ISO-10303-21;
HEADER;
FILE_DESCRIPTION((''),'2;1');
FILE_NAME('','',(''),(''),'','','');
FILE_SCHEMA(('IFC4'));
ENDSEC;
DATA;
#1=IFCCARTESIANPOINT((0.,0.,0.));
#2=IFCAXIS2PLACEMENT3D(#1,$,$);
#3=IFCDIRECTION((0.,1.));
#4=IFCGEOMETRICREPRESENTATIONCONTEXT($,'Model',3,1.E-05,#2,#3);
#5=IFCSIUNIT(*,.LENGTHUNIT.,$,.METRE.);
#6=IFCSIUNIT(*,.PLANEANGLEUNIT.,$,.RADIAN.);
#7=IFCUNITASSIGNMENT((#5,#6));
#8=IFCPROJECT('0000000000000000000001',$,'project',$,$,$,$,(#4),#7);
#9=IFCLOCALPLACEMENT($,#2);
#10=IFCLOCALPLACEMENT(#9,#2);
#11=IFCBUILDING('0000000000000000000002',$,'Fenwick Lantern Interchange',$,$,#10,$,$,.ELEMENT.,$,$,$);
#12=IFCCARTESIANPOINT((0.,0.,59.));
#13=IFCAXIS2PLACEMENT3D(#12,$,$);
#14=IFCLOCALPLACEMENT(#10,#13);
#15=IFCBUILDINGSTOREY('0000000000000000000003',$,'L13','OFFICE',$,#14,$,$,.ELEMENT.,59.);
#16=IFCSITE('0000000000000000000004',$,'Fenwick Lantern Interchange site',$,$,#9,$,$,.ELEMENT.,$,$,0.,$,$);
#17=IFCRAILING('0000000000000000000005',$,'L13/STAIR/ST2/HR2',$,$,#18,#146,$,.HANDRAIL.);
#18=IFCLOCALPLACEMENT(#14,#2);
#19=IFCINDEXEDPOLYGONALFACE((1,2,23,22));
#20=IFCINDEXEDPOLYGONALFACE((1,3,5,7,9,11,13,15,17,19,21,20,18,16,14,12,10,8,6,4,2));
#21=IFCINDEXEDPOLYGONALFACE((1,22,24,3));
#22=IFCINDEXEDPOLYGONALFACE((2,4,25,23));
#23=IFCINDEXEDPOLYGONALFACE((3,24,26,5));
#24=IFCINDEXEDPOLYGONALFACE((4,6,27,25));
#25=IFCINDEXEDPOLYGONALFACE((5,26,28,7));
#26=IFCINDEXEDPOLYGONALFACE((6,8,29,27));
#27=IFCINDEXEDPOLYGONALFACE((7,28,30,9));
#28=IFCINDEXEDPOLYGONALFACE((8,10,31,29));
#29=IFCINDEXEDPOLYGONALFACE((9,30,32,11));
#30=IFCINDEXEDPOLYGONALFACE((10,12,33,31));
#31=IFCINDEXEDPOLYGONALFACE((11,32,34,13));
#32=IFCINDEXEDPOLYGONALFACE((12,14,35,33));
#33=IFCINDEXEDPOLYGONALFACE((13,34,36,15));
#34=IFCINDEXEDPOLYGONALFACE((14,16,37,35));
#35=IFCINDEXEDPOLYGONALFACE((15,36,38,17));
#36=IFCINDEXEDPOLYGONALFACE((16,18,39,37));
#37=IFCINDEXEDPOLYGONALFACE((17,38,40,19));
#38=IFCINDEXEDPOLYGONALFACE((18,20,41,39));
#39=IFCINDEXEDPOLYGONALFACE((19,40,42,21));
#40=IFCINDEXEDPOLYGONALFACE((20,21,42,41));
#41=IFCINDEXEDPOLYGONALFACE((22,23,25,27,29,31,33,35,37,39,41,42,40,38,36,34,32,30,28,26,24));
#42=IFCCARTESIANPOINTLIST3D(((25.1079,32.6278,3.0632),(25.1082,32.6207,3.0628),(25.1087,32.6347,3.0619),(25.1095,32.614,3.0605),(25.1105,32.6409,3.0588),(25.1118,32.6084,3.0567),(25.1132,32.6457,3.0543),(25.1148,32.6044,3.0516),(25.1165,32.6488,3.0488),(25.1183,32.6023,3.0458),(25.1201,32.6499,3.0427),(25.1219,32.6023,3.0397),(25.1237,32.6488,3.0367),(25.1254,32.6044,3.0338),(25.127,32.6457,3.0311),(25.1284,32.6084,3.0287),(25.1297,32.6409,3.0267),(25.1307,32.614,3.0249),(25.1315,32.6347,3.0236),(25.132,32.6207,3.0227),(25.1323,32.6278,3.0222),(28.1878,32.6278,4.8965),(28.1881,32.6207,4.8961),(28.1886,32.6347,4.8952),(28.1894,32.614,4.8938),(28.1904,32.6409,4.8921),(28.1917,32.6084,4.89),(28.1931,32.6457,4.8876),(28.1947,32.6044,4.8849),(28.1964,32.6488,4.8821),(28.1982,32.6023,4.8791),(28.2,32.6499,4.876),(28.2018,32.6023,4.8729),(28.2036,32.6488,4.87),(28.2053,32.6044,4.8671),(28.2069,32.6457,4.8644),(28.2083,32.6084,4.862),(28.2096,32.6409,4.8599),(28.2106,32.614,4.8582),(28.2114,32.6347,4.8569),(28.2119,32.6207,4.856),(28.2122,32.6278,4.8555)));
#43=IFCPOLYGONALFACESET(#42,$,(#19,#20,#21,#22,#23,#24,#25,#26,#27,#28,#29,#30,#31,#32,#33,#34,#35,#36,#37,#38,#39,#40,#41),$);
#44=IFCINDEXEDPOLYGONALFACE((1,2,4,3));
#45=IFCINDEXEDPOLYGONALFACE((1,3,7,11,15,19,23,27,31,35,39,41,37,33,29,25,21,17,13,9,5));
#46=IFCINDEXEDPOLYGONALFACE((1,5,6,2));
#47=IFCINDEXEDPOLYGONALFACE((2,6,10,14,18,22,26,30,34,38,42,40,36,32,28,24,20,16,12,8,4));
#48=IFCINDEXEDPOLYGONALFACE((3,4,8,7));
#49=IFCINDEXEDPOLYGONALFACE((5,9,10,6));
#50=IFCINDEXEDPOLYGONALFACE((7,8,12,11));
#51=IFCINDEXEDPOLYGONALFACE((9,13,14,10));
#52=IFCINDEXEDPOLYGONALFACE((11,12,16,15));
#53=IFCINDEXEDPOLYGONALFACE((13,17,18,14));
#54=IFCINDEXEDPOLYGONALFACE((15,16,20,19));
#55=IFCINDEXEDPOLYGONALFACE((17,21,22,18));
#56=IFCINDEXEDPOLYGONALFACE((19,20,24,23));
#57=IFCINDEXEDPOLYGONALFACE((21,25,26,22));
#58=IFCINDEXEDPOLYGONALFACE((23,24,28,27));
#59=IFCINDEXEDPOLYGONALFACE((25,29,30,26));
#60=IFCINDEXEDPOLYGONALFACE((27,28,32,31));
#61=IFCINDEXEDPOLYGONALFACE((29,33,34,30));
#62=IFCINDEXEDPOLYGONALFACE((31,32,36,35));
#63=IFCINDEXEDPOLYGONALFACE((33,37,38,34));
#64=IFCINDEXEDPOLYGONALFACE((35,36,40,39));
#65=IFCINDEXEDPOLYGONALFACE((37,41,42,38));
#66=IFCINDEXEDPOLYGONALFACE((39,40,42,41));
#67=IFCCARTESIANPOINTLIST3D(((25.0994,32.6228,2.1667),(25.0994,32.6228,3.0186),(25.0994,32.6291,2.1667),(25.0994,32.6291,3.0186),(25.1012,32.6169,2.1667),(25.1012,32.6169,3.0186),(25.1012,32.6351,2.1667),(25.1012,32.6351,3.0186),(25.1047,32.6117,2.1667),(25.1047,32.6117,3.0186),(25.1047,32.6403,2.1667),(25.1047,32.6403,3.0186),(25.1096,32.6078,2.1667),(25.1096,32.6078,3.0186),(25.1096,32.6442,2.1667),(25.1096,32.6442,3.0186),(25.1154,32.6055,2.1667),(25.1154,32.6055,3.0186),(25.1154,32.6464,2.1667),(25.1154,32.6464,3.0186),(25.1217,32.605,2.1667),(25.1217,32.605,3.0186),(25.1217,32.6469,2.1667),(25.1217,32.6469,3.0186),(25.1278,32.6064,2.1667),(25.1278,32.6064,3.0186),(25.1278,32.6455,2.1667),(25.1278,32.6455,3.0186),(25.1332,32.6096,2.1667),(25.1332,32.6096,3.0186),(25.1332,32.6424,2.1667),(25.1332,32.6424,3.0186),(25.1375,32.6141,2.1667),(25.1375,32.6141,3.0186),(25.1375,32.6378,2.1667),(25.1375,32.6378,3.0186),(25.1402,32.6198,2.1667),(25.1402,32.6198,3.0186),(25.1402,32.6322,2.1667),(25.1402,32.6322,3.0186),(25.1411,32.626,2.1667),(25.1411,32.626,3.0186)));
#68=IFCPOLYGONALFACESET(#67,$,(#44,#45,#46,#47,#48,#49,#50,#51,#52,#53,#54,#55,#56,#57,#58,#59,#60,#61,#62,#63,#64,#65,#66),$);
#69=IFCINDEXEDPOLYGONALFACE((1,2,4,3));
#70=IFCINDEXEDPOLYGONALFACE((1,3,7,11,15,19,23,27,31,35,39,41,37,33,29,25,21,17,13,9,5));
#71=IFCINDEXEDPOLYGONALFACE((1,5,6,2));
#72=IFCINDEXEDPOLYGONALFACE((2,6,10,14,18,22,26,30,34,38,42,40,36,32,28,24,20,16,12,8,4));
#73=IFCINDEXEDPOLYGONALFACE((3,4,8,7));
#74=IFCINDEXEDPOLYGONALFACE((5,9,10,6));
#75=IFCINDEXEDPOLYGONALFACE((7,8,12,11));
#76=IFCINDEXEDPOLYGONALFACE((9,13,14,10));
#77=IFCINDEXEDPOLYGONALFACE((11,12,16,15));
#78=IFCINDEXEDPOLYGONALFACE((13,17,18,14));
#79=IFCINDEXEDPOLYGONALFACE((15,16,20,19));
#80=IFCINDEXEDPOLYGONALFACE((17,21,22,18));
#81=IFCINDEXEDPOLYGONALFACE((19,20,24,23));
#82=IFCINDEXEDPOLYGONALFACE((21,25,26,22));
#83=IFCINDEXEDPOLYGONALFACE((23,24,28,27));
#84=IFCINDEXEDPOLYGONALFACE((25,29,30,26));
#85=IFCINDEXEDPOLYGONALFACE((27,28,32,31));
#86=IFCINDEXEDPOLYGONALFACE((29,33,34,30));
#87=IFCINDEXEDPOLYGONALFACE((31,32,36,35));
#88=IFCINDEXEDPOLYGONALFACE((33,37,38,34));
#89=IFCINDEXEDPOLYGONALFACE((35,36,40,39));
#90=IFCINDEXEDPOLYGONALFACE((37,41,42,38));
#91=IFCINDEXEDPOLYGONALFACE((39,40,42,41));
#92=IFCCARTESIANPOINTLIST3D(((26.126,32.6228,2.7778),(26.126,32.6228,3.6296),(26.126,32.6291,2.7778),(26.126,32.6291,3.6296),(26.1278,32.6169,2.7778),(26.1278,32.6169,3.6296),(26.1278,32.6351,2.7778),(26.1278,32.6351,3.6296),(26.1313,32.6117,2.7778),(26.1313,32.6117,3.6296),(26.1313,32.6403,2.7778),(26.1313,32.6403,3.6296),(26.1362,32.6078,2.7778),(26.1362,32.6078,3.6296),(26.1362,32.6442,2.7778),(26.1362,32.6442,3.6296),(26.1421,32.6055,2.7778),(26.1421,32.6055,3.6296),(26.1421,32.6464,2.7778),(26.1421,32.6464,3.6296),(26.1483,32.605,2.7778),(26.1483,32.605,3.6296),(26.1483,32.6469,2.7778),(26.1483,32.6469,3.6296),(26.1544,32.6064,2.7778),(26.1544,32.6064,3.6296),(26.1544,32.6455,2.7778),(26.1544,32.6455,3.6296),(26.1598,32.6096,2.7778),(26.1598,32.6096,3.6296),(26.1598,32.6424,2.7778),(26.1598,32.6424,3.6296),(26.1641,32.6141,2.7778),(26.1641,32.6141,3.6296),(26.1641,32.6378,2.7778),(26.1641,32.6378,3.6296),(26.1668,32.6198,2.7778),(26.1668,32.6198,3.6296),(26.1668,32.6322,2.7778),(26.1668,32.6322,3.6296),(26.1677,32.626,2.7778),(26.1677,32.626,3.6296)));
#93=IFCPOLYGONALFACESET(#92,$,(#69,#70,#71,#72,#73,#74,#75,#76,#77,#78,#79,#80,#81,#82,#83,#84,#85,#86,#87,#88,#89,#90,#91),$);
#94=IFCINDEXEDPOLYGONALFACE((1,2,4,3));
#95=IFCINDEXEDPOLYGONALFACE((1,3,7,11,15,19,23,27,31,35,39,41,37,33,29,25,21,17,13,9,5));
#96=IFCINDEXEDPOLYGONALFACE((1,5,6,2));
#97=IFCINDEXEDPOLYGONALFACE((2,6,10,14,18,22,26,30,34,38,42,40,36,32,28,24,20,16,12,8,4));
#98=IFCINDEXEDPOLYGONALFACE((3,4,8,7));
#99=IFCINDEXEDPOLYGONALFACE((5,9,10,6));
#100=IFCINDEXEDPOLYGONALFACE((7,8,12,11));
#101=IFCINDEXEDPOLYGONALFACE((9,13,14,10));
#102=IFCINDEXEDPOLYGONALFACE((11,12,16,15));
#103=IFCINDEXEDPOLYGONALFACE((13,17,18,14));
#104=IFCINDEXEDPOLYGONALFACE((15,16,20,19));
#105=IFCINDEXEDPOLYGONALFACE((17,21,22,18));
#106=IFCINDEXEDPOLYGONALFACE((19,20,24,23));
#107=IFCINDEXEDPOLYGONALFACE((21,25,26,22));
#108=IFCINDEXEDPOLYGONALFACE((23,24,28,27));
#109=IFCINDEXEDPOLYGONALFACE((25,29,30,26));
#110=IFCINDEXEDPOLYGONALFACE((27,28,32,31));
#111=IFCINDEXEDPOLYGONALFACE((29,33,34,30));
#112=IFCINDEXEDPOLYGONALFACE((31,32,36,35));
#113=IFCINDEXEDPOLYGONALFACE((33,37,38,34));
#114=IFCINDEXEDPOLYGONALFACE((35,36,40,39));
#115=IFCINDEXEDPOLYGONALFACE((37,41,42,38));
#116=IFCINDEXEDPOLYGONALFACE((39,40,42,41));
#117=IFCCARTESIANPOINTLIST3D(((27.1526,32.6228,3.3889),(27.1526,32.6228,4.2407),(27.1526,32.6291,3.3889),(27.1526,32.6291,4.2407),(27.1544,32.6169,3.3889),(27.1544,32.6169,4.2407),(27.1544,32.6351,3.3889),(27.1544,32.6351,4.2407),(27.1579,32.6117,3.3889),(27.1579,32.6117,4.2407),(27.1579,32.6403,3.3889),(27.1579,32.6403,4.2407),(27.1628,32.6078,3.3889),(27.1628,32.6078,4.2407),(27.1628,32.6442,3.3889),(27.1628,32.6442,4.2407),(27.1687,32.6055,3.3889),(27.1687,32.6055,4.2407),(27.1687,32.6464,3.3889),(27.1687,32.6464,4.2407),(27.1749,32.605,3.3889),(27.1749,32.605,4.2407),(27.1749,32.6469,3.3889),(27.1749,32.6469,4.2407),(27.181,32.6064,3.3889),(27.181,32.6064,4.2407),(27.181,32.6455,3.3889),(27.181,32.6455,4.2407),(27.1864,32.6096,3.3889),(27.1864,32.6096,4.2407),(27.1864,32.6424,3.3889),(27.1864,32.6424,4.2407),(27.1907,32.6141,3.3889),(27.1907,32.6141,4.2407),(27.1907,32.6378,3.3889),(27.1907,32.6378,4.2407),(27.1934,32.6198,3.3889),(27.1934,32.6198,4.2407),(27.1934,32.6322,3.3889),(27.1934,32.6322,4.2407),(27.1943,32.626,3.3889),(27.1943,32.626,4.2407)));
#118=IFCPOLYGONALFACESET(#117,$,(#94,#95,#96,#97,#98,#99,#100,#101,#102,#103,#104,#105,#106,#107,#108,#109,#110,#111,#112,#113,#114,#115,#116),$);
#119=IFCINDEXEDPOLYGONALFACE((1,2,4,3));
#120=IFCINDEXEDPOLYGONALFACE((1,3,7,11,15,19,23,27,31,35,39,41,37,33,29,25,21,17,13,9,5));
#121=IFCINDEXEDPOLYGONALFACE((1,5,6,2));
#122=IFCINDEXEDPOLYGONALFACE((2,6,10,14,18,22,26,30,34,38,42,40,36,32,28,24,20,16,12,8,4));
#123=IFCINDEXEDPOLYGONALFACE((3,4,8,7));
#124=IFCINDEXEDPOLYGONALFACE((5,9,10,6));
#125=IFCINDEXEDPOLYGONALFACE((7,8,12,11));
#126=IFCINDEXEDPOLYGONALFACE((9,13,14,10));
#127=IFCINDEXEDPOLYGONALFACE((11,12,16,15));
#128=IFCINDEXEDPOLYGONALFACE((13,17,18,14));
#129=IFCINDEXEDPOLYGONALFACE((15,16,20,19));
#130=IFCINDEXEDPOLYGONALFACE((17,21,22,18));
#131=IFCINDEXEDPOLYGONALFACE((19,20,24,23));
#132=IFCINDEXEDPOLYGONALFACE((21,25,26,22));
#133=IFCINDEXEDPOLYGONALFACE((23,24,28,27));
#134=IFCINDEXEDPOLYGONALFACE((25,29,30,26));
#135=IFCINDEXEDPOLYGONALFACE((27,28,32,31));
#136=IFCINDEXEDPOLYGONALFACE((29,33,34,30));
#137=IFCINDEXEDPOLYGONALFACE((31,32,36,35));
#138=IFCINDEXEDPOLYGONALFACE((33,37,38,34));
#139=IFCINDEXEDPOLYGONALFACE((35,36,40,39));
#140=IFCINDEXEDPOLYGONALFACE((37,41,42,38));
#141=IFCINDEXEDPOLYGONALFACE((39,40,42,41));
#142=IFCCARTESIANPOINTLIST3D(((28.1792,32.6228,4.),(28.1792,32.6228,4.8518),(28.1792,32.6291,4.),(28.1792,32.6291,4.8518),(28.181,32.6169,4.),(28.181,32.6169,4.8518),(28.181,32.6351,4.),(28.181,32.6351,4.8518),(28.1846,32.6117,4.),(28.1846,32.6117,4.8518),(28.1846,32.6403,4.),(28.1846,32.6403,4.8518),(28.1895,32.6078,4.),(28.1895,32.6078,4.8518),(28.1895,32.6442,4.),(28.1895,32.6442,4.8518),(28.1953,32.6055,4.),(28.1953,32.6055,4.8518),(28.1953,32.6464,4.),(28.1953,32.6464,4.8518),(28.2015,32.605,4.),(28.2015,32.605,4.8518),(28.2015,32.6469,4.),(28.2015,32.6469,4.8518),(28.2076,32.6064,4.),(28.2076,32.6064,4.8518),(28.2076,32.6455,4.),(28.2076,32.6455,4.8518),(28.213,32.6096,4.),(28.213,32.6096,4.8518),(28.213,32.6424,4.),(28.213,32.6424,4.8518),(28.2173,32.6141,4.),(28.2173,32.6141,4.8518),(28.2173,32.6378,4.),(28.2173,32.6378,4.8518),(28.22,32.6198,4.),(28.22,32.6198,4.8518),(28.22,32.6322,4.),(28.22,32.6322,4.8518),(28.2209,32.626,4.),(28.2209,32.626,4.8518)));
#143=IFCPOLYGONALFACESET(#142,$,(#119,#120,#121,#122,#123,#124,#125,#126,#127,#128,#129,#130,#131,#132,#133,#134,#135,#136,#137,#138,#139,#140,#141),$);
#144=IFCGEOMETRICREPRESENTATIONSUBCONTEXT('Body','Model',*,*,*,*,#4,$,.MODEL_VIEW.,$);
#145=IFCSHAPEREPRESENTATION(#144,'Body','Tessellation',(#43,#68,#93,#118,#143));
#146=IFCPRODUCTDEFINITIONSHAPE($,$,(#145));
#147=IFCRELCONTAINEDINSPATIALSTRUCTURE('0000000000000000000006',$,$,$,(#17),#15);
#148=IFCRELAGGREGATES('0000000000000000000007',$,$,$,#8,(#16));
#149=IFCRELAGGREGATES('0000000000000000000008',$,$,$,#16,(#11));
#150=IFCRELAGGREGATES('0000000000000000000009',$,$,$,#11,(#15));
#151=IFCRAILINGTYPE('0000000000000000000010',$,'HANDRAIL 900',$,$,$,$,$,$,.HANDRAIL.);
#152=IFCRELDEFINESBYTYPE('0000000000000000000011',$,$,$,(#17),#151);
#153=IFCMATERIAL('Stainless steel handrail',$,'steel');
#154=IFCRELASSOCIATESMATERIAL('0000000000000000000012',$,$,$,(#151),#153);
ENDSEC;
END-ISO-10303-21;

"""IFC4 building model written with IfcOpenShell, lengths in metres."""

from ifc_helpers import new_model, si_unit, direction, frame, origin, origin_2d, place, context, subcontext, project, spatial, circle, extrude, material, type_object, element, save


model = new_model("IFC4")

# Units and contexts
model_context = context("Model", 3, precision=1e-05, world=origin(), true_north=direction((0.0, 1.0)))
body_context = subcontext(model_context, "Body", "Model", "MODEL_VIEW")
ifc_project = project(units=[si_unit("LENGTHUNIT", "METRE"), si_unit("PLANEANGLEUNIT", "RADIAN")], contexts=[model_context])

# Site, building, storey
site_placement = place(None, origin())
site = spatial("IfcSite", under=ifc_project, at=site_placement, Name="Fenwick Lantern Interchange site", CompositionType="ELEMENT", RefElevation=0.0)
building_placement = place(site_placement, origin())
building = spatial("IfcBuilding", under=site, at=building_placement, Name="Fenwick Lantern Interchange", CompositionType="ELEMENT")
storey_placement = place(building_placement, frame((0.0, 0.0, 59.0)))
storey = spatial("IfcBuildingStorey", under=building, at=storey_placement, Name="L13", Description="OFFICE", CompositionType="ELEMENT", Elevation=59.0)

# Railing
ifc_material_1 = material(Name="Stainless steel handrail", Category="steel")
railing_type = type_object("IfcRailingType", Name="HANDRAIL 900", PredefinedType="HANDRAIL", material=ifc_material_1)
railing_1_placement = place(storey_placement, frame((25.1201, 32.626, 2.1667)))
element("IfcRailing", 1, at=railing_1_placement, inside=storey, type_object=railing_type, Name="L13/STAIR/ST2/HR2", PredefinedType="HANDRAIL", context=body_context, shape_type="SweptSolid", body=[
    extrude(circle(Radius=0.0239, at=origin_2d()), frame((0.0, 0.0, 0.876), z_axis=(0.859291, 0.0, 0.511487), x_axis=(0.0, 1.0, 0.0)), (0.0, 0.0, 1.0), 3.5842),
    extrude(circle(Radius=0.021, at=origin_2d()), origin(), (0.0, 0.0, 1.0), 0.8518),
    extrude(circle(Radius=0.021, at=origin_2d()), frame((1.0266, 0.0, 0.6111)), (0.0, 0.0, 1.0), 0.8518),
    extrude(circle(Radius=0.021, at=origin_2d()), frame((2.0532, 0.0, 1.2222)), (0.0, 0.0, 1.0), 0.8518),
    extrude(circle(Radius=0.021, at=origin_2d()), frame((3.0798, 0.0, 1.8333)), (0.0, 0.0, 1.0), 0.8518),
])

save(model, "model.ifc")
